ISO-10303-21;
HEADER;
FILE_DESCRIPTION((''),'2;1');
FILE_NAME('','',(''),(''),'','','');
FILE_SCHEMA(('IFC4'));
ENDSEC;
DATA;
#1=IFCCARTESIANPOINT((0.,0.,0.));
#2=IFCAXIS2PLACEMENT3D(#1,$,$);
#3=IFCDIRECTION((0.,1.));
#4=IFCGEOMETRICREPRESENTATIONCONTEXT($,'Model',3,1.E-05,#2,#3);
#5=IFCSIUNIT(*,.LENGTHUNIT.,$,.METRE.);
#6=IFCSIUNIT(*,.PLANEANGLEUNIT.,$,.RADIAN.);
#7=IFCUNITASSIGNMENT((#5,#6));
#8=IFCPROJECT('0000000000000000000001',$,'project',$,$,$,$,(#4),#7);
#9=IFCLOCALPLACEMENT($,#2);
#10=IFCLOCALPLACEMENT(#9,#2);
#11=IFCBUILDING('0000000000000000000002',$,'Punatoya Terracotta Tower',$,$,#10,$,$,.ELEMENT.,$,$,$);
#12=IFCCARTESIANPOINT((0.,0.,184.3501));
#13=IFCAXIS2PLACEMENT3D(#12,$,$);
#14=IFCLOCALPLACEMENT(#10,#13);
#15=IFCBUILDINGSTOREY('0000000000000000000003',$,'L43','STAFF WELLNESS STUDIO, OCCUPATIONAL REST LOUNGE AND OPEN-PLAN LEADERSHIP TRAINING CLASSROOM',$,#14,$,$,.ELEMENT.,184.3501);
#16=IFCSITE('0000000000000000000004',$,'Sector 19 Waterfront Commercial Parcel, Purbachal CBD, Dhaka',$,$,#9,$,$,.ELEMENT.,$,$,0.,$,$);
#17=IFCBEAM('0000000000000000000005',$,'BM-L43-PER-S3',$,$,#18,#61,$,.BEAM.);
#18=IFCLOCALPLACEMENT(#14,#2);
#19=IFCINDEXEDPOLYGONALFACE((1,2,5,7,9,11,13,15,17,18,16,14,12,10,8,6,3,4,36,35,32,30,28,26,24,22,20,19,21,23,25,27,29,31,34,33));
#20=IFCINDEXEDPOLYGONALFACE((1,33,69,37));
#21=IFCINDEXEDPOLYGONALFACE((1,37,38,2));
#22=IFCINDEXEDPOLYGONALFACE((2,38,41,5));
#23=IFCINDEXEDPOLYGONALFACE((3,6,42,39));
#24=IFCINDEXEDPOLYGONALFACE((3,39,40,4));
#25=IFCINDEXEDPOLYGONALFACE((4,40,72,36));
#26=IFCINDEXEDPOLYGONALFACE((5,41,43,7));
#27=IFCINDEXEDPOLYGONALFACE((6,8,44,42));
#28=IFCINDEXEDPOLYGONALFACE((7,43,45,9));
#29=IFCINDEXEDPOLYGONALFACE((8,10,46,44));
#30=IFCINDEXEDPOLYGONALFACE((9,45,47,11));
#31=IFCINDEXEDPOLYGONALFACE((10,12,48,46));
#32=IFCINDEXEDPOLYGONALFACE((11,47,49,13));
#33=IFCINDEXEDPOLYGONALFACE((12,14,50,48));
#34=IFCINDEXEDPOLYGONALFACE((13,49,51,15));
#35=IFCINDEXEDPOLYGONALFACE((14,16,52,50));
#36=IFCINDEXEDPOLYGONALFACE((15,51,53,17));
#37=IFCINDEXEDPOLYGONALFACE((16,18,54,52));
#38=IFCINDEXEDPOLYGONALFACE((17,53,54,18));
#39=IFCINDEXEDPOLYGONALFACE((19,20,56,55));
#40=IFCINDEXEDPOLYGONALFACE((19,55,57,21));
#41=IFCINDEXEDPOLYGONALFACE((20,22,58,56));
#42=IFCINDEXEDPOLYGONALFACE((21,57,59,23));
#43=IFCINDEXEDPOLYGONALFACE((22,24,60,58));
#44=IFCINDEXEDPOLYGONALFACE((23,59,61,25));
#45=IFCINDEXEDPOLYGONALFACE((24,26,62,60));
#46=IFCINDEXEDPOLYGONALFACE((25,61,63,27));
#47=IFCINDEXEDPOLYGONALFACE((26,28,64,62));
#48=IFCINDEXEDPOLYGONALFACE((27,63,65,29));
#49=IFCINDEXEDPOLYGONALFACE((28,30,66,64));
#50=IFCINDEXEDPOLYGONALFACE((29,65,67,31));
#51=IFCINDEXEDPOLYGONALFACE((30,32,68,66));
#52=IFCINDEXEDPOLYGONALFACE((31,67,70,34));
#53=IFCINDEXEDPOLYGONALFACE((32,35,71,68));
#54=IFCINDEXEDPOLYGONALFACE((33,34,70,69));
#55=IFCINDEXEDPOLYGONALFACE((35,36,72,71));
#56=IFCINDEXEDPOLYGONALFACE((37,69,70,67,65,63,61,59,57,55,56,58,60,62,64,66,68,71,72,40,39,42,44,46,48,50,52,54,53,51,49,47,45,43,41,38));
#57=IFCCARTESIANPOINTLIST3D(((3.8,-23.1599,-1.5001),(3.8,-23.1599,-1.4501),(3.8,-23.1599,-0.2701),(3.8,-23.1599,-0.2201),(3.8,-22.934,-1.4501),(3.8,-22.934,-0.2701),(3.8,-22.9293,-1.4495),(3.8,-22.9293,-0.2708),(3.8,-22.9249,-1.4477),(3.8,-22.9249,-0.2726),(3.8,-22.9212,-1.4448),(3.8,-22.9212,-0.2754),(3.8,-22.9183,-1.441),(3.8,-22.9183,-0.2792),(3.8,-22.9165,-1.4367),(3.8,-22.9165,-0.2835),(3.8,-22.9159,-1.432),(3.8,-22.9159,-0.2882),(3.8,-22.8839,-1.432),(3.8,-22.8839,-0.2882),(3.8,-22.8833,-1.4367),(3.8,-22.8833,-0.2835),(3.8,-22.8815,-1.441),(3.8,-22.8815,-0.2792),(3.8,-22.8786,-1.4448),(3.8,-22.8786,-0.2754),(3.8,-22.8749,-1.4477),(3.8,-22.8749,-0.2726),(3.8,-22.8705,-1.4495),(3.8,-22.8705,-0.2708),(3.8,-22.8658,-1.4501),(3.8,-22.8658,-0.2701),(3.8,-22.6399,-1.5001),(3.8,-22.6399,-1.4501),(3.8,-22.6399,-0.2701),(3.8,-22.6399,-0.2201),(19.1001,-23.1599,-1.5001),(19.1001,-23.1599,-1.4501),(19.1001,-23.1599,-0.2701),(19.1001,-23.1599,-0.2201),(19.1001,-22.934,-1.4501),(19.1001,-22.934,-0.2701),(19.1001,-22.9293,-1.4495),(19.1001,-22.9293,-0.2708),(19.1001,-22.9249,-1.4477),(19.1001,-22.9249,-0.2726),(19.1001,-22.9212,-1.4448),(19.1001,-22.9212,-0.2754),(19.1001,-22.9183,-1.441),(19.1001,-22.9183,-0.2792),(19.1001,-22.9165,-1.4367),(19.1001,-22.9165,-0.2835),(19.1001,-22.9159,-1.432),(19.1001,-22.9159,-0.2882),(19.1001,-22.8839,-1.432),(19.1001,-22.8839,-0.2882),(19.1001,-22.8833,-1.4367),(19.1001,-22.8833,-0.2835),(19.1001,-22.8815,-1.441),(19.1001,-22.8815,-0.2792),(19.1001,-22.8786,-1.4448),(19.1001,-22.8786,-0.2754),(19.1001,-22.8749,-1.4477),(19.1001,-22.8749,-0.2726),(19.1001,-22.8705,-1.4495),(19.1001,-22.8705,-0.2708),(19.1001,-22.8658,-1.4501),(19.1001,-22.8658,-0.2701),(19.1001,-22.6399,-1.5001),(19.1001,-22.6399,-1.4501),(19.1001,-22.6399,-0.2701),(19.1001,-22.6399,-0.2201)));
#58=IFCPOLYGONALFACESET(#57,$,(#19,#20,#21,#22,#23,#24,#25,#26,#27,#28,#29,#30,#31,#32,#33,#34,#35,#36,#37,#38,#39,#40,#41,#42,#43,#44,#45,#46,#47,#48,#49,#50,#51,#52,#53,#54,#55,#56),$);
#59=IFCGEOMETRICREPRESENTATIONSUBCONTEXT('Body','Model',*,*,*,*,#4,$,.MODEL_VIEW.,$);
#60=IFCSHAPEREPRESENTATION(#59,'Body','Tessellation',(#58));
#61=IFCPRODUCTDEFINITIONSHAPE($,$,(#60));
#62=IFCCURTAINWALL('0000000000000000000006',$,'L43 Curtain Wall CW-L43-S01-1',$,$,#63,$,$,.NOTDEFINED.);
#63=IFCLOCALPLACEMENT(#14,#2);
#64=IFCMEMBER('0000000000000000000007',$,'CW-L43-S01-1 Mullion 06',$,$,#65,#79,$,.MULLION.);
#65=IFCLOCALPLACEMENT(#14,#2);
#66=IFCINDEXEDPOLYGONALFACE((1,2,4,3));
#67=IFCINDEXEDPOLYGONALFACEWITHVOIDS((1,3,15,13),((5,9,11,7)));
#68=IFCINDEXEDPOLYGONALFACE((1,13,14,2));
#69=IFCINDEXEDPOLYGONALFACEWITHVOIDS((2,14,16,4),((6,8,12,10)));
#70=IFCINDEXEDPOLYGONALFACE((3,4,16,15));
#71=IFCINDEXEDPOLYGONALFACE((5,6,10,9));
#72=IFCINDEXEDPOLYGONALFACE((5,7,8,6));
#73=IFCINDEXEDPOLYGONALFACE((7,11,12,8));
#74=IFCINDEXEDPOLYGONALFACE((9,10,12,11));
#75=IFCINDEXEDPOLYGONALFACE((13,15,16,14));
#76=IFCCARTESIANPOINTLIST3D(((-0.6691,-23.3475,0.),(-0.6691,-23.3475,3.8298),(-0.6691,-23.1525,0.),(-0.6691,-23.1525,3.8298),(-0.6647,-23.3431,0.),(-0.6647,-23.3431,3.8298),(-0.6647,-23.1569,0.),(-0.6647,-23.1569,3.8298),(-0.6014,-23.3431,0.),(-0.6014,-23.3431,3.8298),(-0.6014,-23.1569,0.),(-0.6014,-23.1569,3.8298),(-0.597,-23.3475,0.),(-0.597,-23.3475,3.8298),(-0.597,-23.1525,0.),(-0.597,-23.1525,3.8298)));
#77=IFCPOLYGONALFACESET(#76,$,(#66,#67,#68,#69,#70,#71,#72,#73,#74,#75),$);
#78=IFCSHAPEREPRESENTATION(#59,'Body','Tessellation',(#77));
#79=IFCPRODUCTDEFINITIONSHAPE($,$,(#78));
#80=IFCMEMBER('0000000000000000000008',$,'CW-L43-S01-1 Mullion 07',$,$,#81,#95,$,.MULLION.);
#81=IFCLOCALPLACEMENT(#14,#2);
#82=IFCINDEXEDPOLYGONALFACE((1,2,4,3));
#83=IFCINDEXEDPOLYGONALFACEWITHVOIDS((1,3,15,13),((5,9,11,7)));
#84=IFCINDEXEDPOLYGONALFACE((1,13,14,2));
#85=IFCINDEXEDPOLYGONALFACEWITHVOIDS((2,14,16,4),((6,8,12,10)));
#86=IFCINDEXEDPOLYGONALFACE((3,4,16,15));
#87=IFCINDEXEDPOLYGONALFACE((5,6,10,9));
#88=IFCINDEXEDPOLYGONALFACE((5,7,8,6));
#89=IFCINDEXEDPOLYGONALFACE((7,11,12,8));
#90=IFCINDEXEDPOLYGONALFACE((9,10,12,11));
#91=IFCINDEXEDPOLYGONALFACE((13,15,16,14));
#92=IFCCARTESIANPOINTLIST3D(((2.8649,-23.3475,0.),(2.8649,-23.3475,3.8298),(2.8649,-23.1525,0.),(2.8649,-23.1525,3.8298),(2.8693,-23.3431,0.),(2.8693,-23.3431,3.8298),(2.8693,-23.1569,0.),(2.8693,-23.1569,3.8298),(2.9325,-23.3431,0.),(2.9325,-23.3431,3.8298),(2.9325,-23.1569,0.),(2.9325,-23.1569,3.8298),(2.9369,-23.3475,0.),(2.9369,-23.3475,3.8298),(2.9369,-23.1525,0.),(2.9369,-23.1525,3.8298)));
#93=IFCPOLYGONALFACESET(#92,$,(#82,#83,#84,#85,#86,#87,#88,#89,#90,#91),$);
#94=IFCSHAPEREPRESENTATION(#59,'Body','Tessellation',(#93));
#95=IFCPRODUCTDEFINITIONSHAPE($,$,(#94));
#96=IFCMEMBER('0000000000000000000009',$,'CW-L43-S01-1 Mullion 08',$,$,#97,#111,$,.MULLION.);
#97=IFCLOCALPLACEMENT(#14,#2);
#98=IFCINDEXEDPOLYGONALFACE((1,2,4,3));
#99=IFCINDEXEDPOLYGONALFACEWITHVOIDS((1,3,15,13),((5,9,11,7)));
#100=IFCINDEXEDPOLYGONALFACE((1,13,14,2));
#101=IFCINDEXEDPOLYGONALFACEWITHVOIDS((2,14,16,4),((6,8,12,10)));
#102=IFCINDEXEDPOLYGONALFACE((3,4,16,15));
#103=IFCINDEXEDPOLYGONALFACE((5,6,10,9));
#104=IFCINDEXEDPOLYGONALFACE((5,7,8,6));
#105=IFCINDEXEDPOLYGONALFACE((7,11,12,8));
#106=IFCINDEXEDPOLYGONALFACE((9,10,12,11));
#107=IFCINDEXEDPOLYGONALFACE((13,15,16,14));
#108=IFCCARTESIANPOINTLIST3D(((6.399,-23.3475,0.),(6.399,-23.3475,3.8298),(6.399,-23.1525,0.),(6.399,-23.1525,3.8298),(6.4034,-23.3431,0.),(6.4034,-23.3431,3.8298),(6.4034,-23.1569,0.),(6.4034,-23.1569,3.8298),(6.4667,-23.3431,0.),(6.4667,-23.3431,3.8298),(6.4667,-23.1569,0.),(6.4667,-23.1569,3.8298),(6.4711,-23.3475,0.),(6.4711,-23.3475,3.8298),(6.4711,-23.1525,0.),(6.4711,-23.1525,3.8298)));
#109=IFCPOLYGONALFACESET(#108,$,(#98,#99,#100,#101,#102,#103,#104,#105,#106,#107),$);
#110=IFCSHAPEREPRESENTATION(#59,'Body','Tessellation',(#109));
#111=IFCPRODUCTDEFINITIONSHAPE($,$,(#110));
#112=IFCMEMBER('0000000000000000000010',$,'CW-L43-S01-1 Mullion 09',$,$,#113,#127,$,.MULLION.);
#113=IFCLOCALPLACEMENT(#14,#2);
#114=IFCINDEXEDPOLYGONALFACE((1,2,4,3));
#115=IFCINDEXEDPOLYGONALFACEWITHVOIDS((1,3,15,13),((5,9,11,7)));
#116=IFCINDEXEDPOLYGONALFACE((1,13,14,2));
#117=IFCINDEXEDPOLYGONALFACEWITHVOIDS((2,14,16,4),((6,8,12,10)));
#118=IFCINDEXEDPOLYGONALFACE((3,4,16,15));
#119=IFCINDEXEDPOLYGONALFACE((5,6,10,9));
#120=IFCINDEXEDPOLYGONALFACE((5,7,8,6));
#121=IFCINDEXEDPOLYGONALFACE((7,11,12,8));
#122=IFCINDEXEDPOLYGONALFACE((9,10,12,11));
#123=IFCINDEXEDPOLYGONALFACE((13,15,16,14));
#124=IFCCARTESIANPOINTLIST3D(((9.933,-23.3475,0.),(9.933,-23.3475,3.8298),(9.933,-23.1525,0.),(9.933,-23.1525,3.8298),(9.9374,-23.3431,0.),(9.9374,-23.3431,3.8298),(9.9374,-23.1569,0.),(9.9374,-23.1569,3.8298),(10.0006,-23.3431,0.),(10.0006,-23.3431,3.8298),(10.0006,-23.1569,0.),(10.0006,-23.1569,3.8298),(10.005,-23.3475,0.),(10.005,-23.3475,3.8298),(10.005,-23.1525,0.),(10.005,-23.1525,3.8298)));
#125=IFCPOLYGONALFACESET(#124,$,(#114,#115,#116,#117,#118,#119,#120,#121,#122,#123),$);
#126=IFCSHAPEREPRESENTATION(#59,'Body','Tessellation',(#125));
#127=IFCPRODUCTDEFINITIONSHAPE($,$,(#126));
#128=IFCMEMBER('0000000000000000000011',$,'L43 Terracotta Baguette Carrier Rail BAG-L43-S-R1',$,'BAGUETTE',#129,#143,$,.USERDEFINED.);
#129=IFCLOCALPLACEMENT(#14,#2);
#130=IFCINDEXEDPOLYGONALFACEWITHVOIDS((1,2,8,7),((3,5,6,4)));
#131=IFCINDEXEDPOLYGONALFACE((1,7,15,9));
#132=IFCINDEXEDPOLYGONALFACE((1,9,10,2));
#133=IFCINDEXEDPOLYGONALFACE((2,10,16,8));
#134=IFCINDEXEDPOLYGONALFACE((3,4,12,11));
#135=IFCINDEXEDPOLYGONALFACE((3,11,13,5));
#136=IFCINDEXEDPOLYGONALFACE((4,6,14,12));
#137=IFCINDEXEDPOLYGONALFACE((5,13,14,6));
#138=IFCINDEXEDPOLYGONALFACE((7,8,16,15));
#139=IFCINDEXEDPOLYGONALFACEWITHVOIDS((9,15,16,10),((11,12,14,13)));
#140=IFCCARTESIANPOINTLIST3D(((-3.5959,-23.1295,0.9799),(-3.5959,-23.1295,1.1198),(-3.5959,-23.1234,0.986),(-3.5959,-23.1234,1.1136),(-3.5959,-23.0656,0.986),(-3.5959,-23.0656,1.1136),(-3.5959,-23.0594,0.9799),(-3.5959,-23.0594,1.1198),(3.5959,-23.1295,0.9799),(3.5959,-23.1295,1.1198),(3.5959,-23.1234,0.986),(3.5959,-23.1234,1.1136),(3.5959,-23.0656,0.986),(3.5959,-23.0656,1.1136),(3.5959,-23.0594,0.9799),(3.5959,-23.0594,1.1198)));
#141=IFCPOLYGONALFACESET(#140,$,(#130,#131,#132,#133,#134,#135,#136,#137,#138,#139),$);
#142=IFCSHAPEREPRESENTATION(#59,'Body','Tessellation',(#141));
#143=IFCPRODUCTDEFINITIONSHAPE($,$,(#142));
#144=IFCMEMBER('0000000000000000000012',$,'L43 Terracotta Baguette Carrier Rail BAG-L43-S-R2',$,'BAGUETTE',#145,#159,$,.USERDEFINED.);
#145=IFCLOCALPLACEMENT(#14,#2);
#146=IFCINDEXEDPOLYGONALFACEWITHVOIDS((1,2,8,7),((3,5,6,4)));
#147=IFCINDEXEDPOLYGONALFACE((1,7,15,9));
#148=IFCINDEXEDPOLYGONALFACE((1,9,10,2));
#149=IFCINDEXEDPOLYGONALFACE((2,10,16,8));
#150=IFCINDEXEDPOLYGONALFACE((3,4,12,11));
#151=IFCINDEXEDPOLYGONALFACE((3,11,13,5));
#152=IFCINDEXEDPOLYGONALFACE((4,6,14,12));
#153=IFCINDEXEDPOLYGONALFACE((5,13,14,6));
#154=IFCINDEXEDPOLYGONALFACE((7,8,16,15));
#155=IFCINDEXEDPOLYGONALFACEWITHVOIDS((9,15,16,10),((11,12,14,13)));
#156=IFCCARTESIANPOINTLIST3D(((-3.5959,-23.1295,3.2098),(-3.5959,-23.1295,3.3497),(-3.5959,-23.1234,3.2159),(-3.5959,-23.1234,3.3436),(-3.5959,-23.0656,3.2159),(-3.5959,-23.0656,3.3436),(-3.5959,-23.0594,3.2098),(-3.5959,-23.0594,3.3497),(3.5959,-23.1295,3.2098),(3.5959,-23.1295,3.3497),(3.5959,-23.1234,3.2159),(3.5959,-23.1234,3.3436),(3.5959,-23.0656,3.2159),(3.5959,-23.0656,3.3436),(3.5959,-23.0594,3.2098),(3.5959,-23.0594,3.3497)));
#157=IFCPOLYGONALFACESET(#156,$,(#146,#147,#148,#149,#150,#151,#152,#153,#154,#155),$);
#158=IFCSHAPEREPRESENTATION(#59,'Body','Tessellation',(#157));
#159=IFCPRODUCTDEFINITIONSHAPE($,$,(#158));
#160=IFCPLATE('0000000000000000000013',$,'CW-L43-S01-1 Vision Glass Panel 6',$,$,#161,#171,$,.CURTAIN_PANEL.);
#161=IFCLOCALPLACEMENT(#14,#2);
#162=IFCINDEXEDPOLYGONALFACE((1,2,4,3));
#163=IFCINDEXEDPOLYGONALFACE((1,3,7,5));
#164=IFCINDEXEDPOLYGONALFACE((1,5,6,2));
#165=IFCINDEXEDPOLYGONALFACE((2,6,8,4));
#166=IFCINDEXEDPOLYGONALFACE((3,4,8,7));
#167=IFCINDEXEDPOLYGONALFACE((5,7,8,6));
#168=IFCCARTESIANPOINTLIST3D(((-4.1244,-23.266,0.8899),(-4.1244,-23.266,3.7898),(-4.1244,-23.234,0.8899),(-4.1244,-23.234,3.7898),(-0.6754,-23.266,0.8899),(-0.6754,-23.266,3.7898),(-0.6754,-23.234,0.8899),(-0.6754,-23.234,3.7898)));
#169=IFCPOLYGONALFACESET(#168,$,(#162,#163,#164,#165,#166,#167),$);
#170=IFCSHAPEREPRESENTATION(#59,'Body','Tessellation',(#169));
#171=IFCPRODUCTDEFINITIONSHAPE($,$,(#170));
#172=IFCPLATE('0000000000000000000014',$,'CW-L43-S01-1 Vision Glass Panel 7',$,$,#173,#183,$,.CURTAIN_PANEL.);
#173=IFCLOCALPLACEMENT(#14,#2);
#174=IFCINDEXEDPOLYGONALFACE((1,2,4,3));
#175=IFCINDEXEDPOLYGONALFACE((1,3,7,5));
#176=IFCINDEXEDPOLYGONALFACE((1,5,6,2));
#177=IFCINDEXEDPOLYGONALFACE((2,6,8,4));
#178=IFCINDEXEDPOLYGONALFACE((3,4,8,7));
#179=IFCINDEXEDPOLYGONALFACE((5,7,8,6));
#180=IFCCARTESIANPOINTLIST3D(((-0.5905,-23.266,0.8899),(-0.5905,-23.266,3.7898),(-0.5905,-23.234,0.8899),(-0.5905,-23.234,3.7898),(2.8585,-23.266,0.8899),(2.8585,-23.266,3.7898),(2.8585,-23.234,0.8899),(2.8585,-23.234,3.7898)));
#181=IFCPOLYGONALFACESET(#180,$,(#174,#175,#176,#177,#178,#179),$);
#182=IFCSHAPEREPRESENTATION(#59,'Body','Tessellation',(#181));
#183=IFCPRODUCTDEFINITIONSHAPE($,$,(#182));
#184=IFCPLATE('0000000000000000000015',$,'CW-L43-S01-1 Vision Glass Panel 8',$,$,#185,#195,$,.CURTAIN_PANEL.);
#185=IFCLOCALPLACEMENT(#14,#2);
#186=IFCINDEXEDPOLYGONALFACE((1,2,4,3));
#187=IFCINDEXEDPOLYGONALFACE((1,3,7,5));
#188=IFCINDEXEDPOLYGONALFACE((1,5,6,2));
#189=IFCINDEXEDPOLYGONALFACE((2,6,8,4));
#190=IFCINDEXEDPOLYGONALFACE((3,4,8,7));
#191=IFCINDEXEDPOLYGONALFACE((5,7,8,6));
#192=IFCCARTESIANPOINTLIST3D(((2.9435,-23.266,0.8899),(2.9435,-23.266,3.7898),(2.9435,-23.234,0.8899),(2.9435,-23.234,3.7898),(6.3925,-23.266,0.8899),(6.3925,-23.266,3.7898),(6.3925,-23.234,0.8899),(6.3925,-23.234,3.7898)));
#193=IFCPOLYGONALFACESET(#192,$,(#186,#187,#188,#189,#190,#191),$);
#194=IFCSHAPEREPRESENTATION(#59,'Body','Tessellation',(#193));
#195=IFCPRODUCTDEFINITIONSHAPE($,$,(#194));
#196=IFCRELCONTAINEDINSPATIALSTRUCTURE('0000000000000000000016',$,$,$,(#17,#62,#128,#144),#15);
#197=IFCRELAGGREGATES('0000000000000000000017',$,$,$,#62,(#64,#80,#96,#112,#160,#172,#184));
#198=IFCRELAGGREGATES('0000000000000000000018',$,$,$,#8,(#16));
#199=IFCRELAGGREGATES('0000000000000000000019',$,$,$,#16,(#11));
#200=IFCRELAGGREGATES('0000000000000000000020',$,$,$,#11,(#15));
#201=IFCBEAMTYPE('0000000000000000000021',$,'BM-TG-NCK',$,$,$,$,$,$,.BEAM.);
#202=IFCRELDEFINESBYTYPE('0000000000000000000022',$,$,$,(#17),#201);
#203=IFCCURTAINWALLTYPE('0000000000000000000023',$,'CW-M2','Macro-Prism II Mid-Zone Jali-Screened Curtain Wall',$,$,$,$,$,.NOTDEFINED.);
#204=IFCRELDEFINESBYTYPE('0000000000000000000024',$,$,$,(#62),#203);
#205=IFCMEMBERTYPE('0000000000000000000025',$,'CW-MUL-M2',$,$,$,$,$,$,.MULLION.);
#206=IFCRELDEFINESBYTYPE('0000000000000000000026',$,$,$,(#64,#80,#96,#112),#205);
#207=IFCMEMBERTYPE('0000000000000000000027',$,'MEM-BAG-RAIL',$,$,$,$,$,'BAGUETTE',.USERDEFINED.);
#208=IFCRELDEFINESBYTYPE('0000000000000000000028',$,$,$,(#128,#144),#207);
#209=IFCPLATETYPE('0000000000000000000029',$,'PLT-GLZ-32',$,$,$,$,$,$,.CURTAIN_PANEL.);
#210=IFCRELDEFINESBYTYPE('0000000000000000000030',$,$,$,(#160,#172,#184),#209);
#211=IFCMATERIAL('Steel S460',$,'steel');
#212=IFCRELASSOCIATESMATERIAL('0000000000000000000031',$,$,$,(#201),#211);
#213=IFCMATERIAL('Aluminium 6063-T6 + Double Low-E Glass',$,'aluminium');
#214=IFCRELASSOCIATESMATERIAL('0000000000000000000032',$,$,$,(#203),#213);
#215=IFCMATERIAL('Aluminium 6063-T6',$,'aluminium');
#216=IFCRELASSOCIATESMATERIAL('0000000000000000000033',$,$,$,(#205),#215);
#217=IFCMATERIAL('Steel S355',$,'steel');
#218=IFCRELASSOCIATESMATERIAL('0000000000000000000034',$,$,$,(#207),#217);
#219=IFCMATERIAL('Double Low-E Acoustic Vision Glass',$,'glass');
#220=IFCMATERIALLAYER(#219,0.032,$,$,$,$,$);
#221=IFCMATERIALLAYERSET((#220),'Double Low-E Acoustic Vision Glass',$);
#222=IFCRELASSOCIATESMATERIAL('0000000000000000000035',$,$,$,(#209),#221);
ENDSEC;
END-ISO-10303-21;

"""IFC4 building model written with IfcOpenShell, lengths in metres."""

from ifc_helpers import new_model, si_unit, direction, frame, origin, origin_2d, place, context, subcontext, project, spatial, rectangle, hollow_rectangle, i_section, extrude, material, layer, layer_set, material_profile, profile_set, type_object, element, aggregate, save


model = new_model("IFC4")

# Units and contexts
model_context = context("Model", 3, precision=1e-05, world=origin(), true_north=direction((0.0, 1.0)))
body_context = subcontext(model_context, "Body", "Model", "MODEL_VIEW")
ifc_project = project(units=[si_unit("LENGTHUNIT", "METRE"), si_unit("PLANEANGLEUNIT", "RADIAN")], contexts=[model_context])

# Site, building, storey
site_placement = place(None, origin())
site = spatial("IfcSite", under=ifc_project, at=site_placement, Name="Sector 19 Waterfront Commercial Parcel, Purbachal CBD, Dhaka", CompositionType="ELEMENT", RefElevation=0.0)
building_placement = place(site_placement, origin())
building = spatial("IfcBuilding", under=site, at=building_placement, Name="Punatoya Terracotta Tower", CompositionType="ELEMENT")
storey_placement = place(building_placement, frame((0.0, 0.0, 184.3501)))
storey = spatial("IfcBuildingStorey", under=building, at=storey_placement, Name="L43", Description="STAFF WELLNESS STUDIO, OCCUPATIONAL REST LOUNGE AND OPEN-PLAN LEADERSHIP TRAINING CLASSROOM", CompositionType="ELEMENT", Elevation=184.3501)

# Shared definitions
ifc_material_1 = material(Name="Steel S460", Category="steel")

# Beam
ifc_material_2 = material(Name="Steel S355", Category="steel")
ifc_material_profile_1 = material_profile(ifc_material_1, i_section(OverallWidth=0.52, OverallDepth=1.28, WebThickness=0.032, FlangeThickness=0.05, FilletRadius=0.0181, at=origin_2d()))
ifc_profile_set_1 = profile_set([ifc_material_profile_1], Name="Steel S460")
beam_type_1 = type_object("IfcBeamType", Name="BM-TG-NCK", PredefinedType="BEAM", material=ifc_profile_set_1)
beam_1_placement = place(storey_placement, frame((3.8, -22.8999, -0.8601), z_axis=(1.0, 0.0, 0.0), x_axis=(0.0, 1.0, 0.0)))
element("IfcBeam", 1, at=beam_1_placement, inside=storey, type_object=beam_type_1, Name="BM-L43-PER-S3", PredefinedType="BEAM", context=body_context, shape_type="SweptSolid", body=[
    extrude(i_section(OverallWidth=0.52, OverallDepth=1.28, WebThickness=0.032, FlangeThickness=0.05, FilletRadius=0.0181, at=origin_2d()), origin(), (0.0, 0.0, 1.0), 15.3),
])

# Curtain wall, members
ifc_material_3 = material(Name="Aluminium 6063-T6 + Double Low-E Glass", Category="aluminium")
curtain_wall_type = type_object("IfcCurtainWallType", Name="CW-M2", Description="Macro-Prism II Mid-Zone Jali-Screened Curtain Wall", PredefinedType="NOTDEFINED", material=ifc_material_3)
curtain_wall_placement = place(storey_placement, origin())
curtain_wall = element("IfcCurtainWall", 2, at=curtain_wall_placement, inside=storey, type_object=curtain_wall_type, Name="L43 Curtain Wall CW-L43-S01-1", PredefinedType="NOTDEFINED")
ifc_material_4 = material(Name="Aluminium 6063-T6", Category="aluminium")
ifc_material_profile_2 = material_profile(ifc_material_4, hollow_rectangle(XDim=0.072, YDim=0.1951, WallThickness=0.0044, at=origin_2d()))
ifc_profile_set_2 = profile_set([ifc_material_profile_2], Name="Aluminium 6063-T6")
member_type_1 = type_object("IfcMemberType", Name="CW-MUL-M2", PredefinedType="MULLION", material=ifc_profile_set_2)
member_1_placement = place(storey_placement, frame((-0.6331, -23.25, 0.0), z_axis=(0.0, 0.0, 1.0), x_axis=(1.0, 0.0, 0.0)))
member_1 = element("IfcMember", 3, at=member_1_placement, type_object=member_type_1, Name="CW-L43-S01-1 Mullion 06", PredefinedType="MULLION", context=body_context, shape_type="SweptSolid", body=[
    extrude(hollow_rectangle(XDim=0.072, YDim=0.1951, WallThickness=0.0044, at=origin_2d()), origin(), (0.0, 0.0, 1.0), 3.8298),
])
member_2_placement = place(storey_placement, frame((2.9009, -23.25, 0.0), z_axis=(0.0, 0.0, 1.0), x_axis=(1.0, 0.0, 0.0)))
member_2 = element("IfcMember", 4, at=member_2_placement, type_object=member_type_1, Name="CW-L43-S01-1 Mullion 07", PredefinedType="MULLION", context=body_context, shape_type="SweptSolid", body=[
    extrude(hollow_rectangle(XDim=0.072, YDim=0.1951, WallThickness=0.0044, at=origin_2d()), origin(), (0.0, 0.0, 1.0), 3.8298),
])
member_3_placement = place(storey_placement, frame((6.4351, -23.25, 0.0), z_axis=(0.0, 0.0, 1.0), x_axis=(1.0, 0.0, 0.0)))
member_3 = element("IfcMember", 5, at=member_3_placement, type_object=member_type_1, Name="CW-L43-S01-1 Mullion 08", PredefinedType="MULLION", context=body_context, shape_type="SweptSolid", body=[
    extrude(hollow_rectangle(XDim=0.072, YDim=0.1951, WallThickness=0.0044, at=origin_2d()), origin(), (0.0, 0.0, 1.0), 3.8298),
])
member_4_placement = place(storey_placement, frame((9.969, -23.25, 0.0), z_axis=(0.0, 0.0, 1.0), x_axis=(1.0, 0.0, 0.0)))
member_4 = element("IfcMember", 6, at=member_4_placement, type_object=member_type_1, Name="CW-L43-S01-1 Mullion 09", PredefinedType="MULLION", context=body_context, shape_type="SweptSolid", body=[
    extrude(hollow_rectangle(XDim=0.072, YDim=0.1951, WallThickness=0.0044, at=origin_2d()), origin(), (0.0, 0.0, 1.0), 3.8298),
])

# Members
ifc_material_profile_3 = material_profile(ifc_material_2, hollow_rectangle(XDim=0.0701, YDim=0.1399, WallThickness=0.0061, at=origin_2d()))
ifc_profile_set_3 = profile_set([ifc_material_profile_3], Name="Steel S355")
member_type_2 = type_object("IfcMemberType", Name="MEM-BAG-RAIL", ElementType="BAGUETTE", PredefinedType="USERDEFINED", material=ifc_profile_set_3)
for number, where, z_axis, x_axis, name in (
    (7, (-3.5959, -23.0945, 1.0498), (1.0, 0.0, 0.0), (0.0, 1.0, 0.0), "L43 Terracotta Baguette Carrier Rail BAG-L43-S-R1"),
    (8, (-3.5959, -23.0945, 3.2798), (1.0, 0.0, 0.0), (0.0, 1.0, 0.0), "L43 Terracotta Baguette Carrier Rail BAG-L43-S-R2"),
):
    element("IfcMember", number, at=place(storey_placement, frame(where, z_axis=z_axis, x_axis=x_axis)), inside=storey, type_object=member_type_2, Name=name, ObjectType="BAGUETTE", PredefinedType="USERDEFINED", context=body_context, shape_type="SweptSolid", body=[
        extrude(hollow_rectangle(XDim=0.0701, YDim=0.1399, WallThickness=0.0061, at=origin_2d()), origin(), (0.0, 0.0, 1.0), 7.1919),
    ])

# Plates
ifc_material_5 = material(Name="Double Low-E Acoustic Vision Glass", Category="glass")
ifc_layer_1 = layer(ifc_material_5, 0.032)
ifc_layer_set_1 = layer_set([ifc_layer_1], Name="Double Low-E Acoustic Vision Glass")
plate_type_1 = type_object("IfcPlateType", Name="PLT-GLZ-32", PredefinedType="CURTAIN_PANEL", material=ifc_layer_set_1)
plate_1_placement = place(storey_placement, frame((-2.3999, -23.25, 0.8899), z_axis=(0.0, 0.0, 1.0), x_axis=(1.0, 0.0, 0.0)))
plate_1 = element("IfcPlate", 9, at=plate_1_placement, type_object=plate_type_1, Name="CW-L43-S01-1 Vision Glass Panel 6", PredefinedType="CURTAIN_PANEL", context=body_context, shape_type="SweptSolid", body=[
    extrude(rectangle(XDim=3.449, YDim=0.032, at=origin_2d()), origin(), (0.0, 0.0, 1.0), 2.8999),
])
plate_2_placement = place(storey_placement, frame((1.134, -23.25, 0.8899), z_axis=(0.0, 0.0, 1.0), x_axis=(1.0, 0.0, 0.0)))
plate_2 = element("IfcPlate", 10, at=plate_2_placement, type_object=plate_type_1, Name="CW-L43-S01-1 Vision Glass Panel 7", PredefinedType="CURTAIN_PANEL", context=body_context, shape_type="SweptSolid", body=[
    extrude(rectangle(XDim=3.449, YDim=0.032, at=origin_2d()), origin(), (0.0, 0.0, 1.0), 2.8999),
])
plate_3_placement = place(storey_placement, frame((4.668, -23.25, 0.8899), z_axis=(0.0, 0.0, 1.0), x_axis=(1.0, 0.0, 0.0)))
plate_3 = element("IfcPlate", 11, at=plate_3_placement, type_object=plate_type_1, Name="CW-L43-S01-1 Vision Glass Panel 8", PredefinedType="CURTAIN_PANEL", context=body_context, shape_type="SweptSolid", body=[
    extrude(rectangle(XDim=3.449, YDim=0.032, at=origin_2d()), origin(), (0.0, 0.0, 1.0), 2.8999),
])
aggregate(curtain_wall, [member_1, member_2, member_3, member_4, plate_1, plate_2, plate_3])

save(model, "model.ifc")
